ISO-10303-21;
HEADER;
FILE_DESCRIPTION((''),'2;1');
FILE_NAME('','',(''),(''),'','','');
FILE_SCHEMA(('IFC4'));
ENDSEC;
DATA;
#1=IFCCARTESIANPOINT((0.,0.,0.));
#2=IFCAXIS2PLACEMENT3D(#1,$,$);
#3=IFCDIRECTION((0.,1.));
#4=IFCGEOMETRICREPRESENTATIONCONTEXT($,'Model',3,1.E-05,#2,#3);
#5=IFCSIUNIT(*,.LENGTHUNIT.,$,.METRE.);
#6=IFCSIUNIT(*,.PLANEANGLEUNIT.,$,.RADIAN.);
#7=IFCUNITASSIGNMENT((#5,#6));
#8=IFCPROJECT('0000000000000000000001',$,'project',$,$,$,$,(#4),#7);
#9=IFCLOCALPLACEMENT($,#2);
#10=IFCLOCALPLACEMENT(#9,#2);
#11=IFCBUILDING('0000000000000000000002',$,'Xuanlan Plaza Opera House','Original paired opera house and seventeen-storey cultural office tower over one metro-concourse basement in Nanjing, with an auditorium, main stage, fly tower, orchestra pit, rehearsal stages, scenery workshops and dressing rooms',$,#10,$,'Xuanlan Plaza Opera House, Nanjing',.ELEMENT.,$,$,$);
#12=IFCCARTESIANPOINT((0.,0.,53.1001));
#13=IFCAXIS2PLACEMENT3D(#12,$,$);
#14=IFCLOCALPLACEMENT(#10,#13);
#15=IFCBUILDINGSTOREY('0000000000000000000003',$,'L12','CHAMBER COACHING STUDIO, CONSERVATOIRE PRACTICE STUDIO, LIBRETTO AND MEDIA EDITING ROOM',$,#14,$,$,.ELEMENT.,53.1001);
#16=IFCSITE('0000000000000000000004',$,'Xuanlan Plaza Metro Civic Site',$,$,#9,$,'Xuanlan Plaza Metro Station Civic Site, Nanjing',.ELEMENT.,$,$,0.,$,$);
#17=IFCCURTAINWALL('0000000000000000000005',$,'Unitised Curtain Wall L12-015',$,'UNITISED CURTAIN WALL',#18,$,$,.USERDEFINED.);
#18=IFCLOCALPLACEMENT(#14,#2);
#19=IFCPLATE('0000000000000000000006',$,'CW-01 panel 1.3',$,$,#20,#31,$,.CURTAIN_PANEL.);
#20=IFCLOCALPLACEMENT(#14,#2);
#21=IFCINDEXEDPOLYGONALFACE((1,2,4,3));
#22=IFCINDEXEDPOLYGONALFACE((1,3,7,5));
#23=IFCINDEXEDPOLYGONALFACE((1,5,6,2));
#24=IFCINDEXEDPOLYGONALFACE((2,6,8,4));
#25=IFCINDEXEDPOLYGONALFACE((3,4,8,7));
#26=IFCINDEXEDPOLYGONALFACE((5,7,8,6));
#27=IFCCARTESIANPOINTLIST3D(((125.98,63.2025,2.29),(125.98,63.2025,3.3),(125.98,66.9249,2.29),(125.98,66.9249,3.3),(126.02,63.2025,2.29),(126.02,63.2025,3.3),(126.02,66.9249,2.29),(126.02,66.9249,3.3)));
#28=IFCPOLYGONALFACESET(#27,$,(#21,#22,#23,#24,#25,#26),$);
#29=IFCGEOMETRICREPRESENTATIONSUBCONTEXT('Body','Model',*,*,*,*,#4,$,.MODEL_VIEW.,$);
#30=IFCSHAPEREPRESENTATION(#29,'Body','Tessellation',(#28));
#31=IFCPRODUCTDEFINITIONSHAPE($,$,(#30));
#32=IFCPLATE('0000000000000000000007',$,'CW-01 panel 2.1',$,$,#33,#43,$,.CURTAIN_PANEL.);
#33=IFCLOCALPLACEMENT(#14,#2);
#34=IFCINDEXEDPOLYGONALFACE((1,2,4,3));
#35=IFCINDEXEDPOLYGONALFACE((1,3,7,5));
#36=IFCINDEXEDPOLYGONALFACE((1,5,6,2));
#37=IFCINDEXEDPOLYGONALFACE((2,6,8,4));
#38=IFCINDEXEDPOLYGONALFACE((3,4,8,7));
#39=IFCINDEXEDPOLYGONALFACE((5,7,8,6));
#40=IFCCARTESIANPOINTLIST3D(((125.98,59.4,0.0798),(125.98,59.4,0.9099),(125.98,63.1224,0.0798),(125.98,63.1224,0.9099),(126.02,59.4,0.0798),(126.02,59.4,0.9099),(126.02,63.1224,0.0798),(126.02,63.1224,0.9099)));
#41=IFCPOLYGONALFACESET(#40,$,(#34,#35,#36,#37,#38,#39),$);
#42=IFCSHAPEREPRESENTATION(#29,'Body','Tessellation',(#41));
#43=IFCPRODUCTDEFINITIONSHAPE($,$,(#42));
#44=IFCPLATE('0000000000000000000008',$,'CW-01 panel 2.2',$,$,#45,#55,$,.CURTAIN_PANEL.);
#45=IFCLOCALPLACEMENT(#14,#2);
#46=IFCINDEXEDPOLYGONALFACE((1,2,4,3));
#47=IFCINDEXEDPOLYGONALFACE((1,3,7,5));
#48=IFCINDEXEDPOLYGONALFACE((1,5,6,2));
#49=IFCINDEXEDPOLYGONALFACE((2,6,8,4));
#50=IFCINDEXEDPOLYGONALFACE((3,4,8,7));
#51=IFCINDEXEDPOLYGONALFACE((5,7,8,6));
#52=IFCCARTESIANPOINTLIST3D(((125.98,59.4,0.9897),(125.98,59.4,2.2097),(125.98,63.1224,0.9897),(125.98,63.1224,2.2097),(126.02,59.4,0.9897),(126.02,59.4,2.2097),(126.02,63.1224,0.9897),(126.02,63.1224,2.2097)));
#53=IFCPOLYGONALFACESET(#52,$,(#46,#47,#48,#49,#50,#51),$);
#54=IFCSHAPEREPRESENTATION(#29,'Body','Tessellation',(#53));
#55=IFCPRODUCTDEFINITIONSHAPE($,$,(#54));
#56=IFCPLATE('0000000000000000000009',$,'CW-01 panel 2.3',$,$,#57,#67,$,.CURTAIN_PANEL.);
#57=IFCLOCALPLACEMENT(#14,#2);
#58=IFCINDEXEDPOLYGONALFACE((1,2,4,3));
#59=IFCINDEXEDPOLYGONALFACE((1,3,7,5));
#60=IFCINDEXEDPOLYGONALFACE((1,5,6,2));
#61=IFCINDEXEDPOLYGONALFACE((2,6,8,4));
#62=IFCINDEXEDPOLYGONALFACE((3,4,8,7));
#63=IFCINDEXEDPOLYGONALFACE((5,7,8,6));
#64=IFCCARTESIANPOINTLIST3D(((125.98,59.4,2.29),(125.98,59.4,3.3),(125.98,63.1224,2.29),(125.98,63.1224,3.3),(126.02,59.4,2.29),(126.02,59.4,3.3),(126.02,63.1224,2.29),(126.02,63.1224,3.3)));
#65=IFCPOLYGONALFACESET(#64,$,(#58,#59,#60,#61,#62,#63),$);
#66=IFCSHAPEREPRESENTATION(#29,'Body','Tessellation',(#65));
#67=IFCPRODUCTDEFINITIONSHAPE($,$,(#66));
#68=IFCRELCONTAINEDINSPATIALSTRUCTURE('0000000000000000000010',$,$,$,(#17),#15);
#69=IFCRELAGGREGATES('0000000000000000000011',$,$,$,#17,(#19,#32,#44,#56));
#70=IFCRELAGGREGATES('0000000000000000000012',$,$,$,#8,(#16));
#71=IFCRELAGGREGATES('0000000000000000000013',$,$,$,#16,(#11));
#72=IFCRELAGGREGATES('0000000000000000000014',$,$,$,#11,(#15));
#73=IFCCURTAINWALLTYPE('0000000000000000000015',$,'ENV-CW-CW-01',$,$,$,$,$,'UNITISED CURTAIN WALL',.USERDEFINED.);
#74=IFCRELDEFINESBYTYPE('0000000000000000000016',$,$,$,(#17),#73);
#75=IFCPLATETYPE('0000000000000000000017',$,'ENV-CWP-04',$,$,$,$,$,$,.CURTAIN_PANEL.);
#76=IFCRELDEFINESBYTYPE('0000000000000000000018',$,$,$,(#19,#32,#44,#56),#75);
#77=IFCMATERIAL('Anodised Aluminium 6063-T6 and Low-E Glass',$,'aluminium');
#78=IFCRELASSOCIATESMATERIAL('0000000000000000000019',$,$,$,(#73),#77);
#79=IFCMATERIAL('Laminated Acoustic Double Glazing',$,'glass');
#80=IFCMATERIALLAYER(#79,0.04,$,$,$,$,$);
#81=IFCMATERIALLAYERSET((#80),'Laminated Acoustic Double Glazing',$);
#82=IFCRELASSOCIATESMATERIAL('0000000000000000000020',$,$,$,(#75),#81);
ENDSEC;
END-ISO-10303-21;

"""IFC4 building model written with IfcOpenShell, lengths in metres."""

from ifc_helpers import new_model, si_unit, direction, frame, origin, origin_2d, place, context, subcontext, project, spatial, rectangle, extrude, material, layer, layer_set, type_object, element, aggregate, save


model = new_model("IFC4")

# Units and contexts
model_context = context("Model", 3, precision=1e-05, world=origin(), true_north=direction((0.0, 1.0)))
body_context = subcontext(model_context, "Body", "Model", "MODEL_VIEW")
ifc_project = project(units=[si_unit("LENGTHUNIT", "METRE"), si_unit("PLANEANGLEUNIT", "RADIAN")], contexts=[model_context])

# Site, building, storey
site_placement = place(None, origin())
site = spatial("IfcSite", under=ifc_project, at=site_placement, Name="Xuanlan Plaza Metro Civic Site", LongName="Xuanlan Plaza Metro Station Civic Site, Nanjing", CompositionType="ELEMENT", RefElevation=0.0)
building_placement = place(site_placement, origin())
building = spatial("IfcBuilding", under=site, at=building_placement, Name="Xuanlan Plaza Opera House", Description="Original paired opera house and seventeen-storey cultural office tower over one metro-concourse basement in Nanjing, with an auditorium, main stage, fly tower, orchestra pit, rehearsal stages, scenery workshops and dressing rooms", LongName="Xuanlan Plaza Opera House, Nanjing", CompositionType="ELEMENT")
storey_placement = place(building_placement, frame((0.0, 0.0, 53.1001)))
storey = spatial("IfcBuildingStorey", under=building, at=storey_placement, Name="L12", Description="CHAMBER COACHING STUDIO, CONSERVATOIRE PRACTICE STUDIO, LIBRETTO AND MEDIA EDITING ROOM", CompositionType="ELEMENT", Elevation=53.1001)

# Curtain wall
ifc_material_1 = material(Name="Anodised Aluminium 6063-T6 and Low-E Glass", Category="aluminium")
curtain_wall_type_1 = type_object("IfcCurtainWallType", Name="ENV-CW-CW-01", ElementType="UNITISED CURTAIN WALL", PredefinedType="USERDEFINED", material=ifc_material_1)
curtain_wall_1_placement = place(storey_placement, origin())
curtain_wall_1 = element("IfcCurtainWall", 1, at=curtain_wall_1_placement, inside=storey, type_object=curtain_wall_type_1, Name="Unitised Curtain Wall L12-015", ObjectType="UNITISED CURTAIN WALL", PredefinedType="USERDEFINED")

# Plates
ifc_material_2 = material(Name="Laminated Acoustic Double Glazing", Category="glass")
ifc_layer_1 = layer(ifc_material_2, 0.04)
ifc_layer_set_1 = layer_set([ifc_layer_1], Name="Laminated Acoustic Double Glazing")
plate_type_1 = type_object("IfcPlateType", Name="ENV-CWP-04", PredefinedType="CURTAIN_PANEL", material=ifc_layer_set_1)
plate_1_placement = place(storey_placement, frame((126.0, 65.0637, 2.29), z_axis=(0.0, 0.0, 1.0), x_axis=(0.0, -1.0, 0.0)))
plate_1 = element("IfcPlate", 2, at=plate_1_placement, type_object=plate_type_1, Name="CW-01 panel 1.3", PredefinedType="CURTAIN_PANEL", context=body_context, shape_type="SweptSolid", body=[
    extrude(rectangle(XDim=3.7224, YDim=0.04, at=origin_2d()), origin(), (0.0, 0.0, 1.0), 1.01),
])
plate_2_placement = place(storey_placement, frame((126.0, 61.2612, 0.0798), z_axis=(0.0, 0.0, 1.0), x_axis=(0.0, -1.0, 0.0)))
plate_2 = element("IfcPlate", 3, at=plate_2_placement, type_object=plate_type_1, Name="CW-01 panel 2.1", PredefinedType="CURTAIN_PANEL", context=body_context, shape_type="SweptSolid", body=[
    extrude(rectangle(XDim=3.7224, YDim=0.04, at=origin_2d()), origin(), (0.0, 0.0, 1.0), 0.8301),
])
plate_3_placement = place(storey_placement, frame((126.0, 61.2612, 0.9897), z_axis=(0.0, 0.0, 1.0), x_axis=(0.0, -1.0, 0.0)))
plate_3 = element("IfcPlate", 4, at=plate_3_placement, type_object=plate_type_1, Name="CW-01 panel 2.2", PredefinedType="CURTAIN_PANEL", context=body_context, shape_type="SweptSolid", body=[
    extrude(rectangle(XDim=3.7224, YDim=0.04, at=origin_2d()), origin(), (0.0, 0.0, 1.0), 1.22),
])
plate_4_placement = place(storey_placement, frame((126.0, 61.2612, 2.29), z_axis=(0.0, 0.0, 1.0), x_axis=(0.0, -1.0, 0.0)))
plate_4 = element("IfcPlate", 5, at=plate_4_placement, type_object=plate_type_1, Name="CW-01 panel 2.3", PredefinedType="CURTAIN_PANEL", context=body_context, shape_type="SweptSolid", body=[
    extrude(rectangle(XDim=3.7224, YDim=0.04, at=origin_2d()), origin(), (0.0, 0.0, 1.0), 1.01),
])
aggregate(curtain_wall_1, [plate_1, plate_2, plate_3, plate_4])

save(model, "model.ifc")
